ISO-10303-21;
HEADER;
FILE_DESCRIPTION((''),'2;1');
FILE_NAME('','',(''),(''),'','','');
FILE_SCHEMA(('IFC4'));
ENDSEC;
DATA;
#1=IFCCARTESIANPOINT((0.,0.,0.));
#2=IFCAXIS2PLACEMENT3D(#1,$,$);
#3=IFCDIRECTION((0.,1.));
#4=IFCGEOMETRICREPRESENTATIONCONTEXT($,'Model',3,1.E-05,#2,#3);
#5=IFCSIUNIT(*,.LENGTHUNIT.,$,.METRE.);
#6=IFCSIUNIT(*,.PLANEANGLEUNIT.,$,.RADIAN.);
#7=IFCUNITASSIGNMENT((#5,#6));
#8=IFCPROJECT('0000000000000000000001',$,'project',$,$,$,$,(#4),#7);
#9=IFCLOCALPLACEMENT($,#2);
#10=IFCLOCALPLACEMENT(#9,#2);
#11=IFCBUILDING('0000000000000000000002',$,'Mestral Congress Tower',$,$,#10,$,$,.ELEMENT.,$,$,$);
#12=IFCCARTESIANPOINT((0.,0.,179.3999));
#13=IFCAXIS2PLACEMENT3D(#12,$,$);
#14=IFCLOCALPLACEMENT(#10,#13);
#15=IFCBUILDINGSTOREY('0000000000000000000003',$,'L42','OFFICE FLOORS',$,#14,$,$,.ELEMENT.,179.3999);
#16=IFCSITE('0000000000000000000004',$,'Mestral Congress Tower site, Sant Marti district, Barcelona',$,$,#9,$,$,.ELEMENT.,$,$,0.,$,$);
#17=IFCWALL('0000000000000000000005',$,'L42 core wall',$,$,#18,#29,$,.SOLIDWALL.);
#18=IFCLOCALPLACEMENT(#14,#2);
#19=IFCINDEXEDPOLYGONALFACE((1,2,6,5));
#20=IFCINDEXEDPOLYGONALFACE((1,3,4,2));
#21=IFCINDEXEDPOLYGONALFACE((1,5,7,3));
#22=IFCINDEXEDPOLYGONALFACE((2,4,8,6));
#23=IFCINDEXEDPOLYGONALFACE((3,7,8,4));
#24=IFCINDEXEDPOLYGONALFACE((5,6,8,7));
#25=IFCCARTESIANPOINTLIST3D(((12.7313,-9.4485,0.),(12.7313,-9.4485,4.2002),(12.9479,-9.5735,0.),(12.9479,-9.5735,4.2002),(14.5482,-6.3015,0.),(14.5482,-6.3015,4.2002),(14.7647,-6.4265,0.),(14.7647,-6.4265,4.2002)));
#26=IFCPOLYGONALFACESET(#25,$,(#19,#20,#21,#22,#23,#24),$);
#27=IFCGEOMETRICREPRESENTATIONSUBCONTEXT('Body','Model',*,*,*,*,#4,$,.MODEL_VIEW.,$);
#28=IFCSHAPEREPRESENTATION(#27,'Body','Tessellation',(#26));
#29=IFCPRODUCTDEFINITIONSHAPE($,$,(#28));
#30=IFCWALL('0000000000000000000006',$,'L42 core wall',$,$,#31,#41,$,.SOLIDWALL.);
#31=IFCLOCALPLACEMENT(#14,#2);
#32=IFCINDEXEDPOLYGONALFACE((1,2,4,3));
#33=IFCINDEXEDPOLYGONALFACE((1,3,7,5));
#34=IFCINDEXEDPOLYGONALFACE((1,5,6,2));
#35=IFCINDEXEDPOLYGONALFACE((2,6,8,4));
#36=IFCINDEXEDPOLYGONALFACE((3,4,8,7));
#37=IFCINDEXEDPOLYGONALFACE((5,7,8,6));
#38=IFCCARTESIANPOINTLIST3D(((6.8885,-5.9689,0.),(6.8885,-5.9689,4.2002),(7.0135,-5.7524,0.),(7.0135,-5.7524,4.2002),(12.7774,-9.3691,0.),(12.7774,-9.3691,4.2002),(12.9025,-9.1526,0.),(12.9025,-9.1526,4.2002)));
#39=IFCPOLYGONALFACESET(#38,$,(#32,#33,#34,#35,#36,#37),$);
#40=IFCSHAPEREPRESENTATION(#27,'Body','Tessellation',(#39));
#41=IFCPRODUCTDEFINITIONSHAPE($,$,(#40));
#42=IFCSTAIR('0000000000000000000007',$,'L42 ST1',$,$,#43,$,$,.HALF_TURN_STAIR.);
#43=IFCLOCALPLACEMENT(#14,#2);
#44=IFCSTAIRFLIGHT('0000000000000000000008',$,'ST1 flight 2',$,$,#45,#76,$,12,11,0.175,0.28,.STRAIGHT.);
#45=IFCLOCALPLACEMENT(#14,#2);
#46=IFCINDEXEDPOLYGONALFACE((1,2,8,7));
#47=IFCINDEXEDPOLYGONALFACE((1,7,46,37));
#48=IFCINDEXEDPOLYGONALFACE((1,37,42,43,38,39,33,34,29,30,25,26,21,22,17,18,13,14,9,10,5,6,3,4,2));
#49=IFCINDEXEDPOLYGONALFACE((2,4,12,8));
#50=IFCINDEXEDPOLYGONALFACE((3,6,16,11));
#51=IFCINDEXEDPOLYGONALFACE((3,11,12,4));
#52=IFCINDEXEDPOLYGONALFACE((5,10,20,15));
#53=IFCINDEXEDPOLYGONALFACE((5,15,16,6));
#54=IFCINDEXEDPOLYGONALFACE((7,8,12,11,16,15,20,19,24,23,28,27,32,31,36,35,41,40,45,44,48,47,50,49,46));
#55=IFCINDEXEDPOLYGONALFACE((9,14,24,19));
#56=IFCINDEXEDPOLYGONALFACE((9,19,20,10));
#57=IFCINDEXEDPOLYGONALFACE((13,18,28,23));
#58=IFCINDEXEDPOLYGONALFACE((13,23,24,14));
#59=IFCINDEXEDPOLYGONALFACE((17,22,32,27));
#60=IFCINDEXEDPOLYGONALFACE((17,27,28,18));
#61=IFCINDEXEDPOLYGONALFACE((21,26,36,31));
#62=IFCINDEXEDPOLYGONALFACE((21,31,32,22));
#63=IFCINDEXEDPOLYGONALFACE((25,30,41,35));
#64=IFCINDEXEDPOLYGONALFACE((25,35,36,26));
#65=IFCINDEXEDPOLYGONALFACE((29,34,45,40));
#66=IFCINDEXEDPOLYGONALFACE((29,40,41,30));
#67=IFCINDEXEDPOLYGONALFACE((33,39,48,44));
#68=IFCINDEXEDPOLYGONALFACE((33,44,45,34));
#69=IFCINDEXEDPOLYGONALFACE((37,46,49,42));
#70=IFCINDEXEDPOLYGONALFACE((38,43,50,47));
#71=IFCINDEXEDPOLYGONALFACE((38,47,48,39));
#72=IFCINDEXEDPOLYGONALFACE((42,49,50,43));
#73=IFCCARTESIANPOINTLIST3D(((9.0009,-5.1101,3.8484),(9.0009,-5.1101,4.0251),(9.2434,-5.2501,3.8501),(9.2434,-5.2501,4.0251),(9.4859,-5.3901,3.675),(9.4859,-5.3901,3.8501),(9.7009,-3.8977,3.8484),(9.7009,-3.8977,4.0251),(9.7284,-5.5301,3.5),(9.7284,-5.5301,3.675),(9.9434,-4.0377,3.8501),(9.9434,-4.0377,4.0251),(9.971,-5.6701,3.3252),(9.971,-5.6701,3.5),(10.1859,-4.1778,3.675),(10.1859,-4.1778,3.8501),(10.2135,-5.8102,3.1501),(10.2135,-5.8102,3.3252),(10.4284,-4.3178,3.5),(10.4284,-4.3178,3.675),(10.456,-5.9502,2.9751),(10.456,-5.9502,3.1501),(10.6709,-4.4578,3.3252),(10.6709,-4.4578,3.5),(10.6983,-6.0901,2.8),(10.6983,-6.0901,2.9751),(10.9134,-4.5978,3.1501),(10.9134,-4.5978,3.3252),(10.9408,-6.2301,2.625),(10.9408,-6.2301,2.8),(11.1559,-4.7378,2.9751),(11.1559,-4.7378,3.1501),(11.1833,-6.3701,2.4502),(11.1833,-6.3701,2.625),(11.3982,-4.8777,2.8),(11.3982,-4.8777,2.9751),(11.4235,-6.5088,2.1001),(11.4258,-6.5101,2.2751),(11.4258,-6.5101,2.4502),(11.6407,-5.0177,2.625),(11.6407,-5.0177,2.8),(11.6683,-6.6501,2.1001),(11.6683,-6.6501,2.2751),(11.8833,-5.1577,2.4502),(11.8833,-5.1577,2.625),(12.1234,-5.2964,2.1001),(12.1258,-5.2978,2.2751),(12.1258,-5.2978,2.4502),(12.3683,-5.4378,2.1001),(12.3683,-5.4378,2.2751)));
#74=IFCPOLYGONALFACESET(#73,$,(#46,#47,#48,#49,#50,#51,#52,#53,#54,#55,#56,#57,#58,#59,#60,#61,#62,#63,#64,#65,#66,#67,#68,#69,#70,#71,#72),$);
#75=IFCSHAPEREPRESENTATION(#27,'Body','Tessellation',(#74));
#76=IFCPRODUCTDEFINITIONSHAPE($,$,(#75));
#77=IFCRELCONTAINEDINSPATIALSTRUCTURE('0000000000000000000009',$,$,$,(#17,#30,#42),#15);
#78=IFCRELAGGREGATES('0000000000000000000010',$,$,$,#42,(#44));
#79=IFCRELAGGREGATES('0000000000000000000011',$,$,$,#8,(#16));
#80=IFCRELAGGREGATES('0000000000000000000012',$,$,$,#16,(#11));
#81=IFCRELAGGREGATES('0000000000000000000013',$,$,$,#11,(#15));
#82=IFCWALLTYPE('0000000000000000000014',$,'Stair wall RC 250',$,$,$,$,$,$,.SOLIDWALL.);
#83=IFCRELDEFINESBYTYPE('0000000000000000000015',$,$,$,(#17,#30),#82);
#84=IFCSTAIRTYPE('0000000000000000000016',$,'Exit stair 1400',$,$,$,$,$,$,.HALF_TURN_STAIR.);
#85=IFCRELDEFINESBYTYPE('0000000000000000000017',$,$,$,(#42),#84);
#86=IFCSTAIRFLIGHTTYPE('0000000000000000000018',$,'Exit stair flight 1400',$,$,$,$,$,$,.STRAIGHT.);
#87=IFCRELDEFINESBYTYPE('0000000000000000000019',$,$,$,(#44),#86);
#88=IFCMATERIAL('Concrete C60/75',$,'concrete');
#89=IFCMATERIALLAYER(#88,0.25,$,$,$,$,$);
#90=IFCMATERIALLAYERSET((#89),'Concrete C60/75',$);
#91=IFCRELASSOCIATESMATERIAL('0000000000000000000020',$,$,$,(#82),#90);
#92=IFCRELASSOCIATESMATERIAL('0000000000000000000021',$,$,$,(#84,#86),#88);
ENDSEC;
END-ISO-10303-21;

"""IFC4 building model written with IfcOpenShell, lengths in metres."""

from ifc_helpers import new_model, si_unit, direction, frame, frame_2d, origin, place, context, subcontext, project, spatial, polyline, rectangle, outline, extrude, material, layer, layer_set, type_object, element, aggregate, save


model = new_model("IFC4")

# Units and contexts
model_context = context("Model", 3, precision=1e-05, world=origin(), true_north=direction((0.0, 1.0)))
body_context = subcontext(model_context, "Body", "Model", "MODEL_VIEW")
ifc_project = project(units=[si_unit("LENGTHUNIT", "METRE"), si_unit("PLANEANGLEUNIT", "RADIAN")], contexts=[model_context])

# Site, building, storey
site_placement = place(None, origin())
site = spatial("IfcSite", under=ifc_project, at=site_placement, Name="Mestral Congress Tower site, Sant Marti district, Barcelona", CompositionType="ELEMENT", RefElevation=0.0)
building_placement = place(site_placement, origin())
building = spatial("IfcBuilding", under=site, at=building_placement, Name="Mestral Congress Tower", CompositionType="ELEMENT")
storey_placement = place(building_placement, frame((0.0, 0.0, 179.3999)))
storey = spatial("IfcBuildingStorey", under=building, at=storey_placement, Name="L42", Description="OFFICE FLOORS", CompositionType="ELEMENT", Elevation=179.3999)

# Shared definitions
ifc_material_1 = material(Name="Concrete C60/75", Category="concrete")

# Walls
ifc_layer_1 = layer(ifc_material_1, 0.25)
ifc_layer_set_1 = layer_set([ifc_layer_1], Name="Concrete C60/75")
wall_type_1 = type_object("IfcWallType", Name="Stair wall RC 250", PredefinedType="SOLIDWALL", material=ifc_layer_set_1)
wall_1_placement = place(storey_placement, frame((12.8396, -9.511, 0.0), z_axis=(0.0, 0.0, 1.0), x_axis=(0.499998, 0.866027, 0.0)))
element("IfcWall", 1, at=wall_1_placement, inside=storey, type_object=wall_type_1, Name="L42 core wall", PredefinedType="SOLIDWALL", context=body_context, shape_type="SweptSolid", body=[
    extrude(rectangle(XDim=3.6338, YDim=0.25, at=frame_2d((1.8169, 0.0))), origin(), (0.0, 0.0, 1.0), 4.2002),
])
wall_2_placement = place(storey_placement, frame((12.8398, -9.2607, 0.0), z_axis=(0.0, 0.0, 1.0), x_axis=(-0.866014, 0.50002, 0.0)))
element("IfcWall", 2, at=wall_2_placement, inside=storey, type_object=wall_type_1, Name="L42 core wall", PredefinedType="SOLIDWALL", context=body_context, shape_type="SweptSolid", body=[
    extrude(rectangle(XDim=6.8, YDim=0.25, at=frame_2d((3.3999, 0.0))), origin(), (0.0, 0.0, 1.0), 4.2002),
])

# Stair, stair flight
stair_type = type_object("IfcStairType", Name="Exit stair 1400", PredefinedType="HALF_TURN_STAIR", material=ifc_material_1)
stair_placement = place(storey_placement, origin())
stair = element("IfcStair", 3, at=stair_placement, inside=storey, type_object=stair_type, Name="L42 ST1", PredefinedType="HALF_TURN_STAIR")
stair_flight_type = type_object("IfcStairFlightType", Name="Exit stair flight 1400", PredefinedType="STRAIGHT", material=ifc_material_1)
stair_flight_placement = place(storey_placement, frame((12.0183, -6.0439, 2.1001), z_axis=(0.0, 0.0, 1.0), x_axis=(-0.866025, 0.5, 0.0)))
stair_flight = element("IfcStairFlight", 4, at=stair_flight_placement, type_object=stair_flight_type, Name="ST1 flight 2", NumberOfRisers=12, NumberOfTreads=11, PredefinedType="STRAIGHT", RiserHeight=0.175, TreadLength=0.28, context=body_context, shape_type="SweptSolid", body=[
    extrude(outline(polyline([(0.0, 0.0), (0.0, 0.175), (0.28, 0.175), (0.28, 0.3501), (0.5601, 0.3501), (0.5601, 0.5249), (0.8401, 0.5249), (0.8401, 0.7), (1.1201, 0.7), (1.1201, 0.875), (1.3999, 0.875), (1.3999, 1.05), (1.6799, 1.05), (1.6799, 1.2251), (1.96, 1.2251), (1.96, 1.3999), (2.24, 1.3999), (2.24, 1.575), (2.52, 1.575), (2.52, 1.75), (2.8, 1.75), (2.8, 1.925), (3.0801, 1.925), (3.0801, 2.1001), (3.0801, 1.7483), (0.2827, 0.0), (0.0, 0.0)])), frame((0.0, 0.7, 0.0), z_axis=(0.0, -1.0, 0.0), x_axis=(1.0, 0.0, 0.0)), (0.0, 0.0, 1.0), 1.3999),
])
aggregate(stair, [stair_flight])

save(model, "model.ifc")
